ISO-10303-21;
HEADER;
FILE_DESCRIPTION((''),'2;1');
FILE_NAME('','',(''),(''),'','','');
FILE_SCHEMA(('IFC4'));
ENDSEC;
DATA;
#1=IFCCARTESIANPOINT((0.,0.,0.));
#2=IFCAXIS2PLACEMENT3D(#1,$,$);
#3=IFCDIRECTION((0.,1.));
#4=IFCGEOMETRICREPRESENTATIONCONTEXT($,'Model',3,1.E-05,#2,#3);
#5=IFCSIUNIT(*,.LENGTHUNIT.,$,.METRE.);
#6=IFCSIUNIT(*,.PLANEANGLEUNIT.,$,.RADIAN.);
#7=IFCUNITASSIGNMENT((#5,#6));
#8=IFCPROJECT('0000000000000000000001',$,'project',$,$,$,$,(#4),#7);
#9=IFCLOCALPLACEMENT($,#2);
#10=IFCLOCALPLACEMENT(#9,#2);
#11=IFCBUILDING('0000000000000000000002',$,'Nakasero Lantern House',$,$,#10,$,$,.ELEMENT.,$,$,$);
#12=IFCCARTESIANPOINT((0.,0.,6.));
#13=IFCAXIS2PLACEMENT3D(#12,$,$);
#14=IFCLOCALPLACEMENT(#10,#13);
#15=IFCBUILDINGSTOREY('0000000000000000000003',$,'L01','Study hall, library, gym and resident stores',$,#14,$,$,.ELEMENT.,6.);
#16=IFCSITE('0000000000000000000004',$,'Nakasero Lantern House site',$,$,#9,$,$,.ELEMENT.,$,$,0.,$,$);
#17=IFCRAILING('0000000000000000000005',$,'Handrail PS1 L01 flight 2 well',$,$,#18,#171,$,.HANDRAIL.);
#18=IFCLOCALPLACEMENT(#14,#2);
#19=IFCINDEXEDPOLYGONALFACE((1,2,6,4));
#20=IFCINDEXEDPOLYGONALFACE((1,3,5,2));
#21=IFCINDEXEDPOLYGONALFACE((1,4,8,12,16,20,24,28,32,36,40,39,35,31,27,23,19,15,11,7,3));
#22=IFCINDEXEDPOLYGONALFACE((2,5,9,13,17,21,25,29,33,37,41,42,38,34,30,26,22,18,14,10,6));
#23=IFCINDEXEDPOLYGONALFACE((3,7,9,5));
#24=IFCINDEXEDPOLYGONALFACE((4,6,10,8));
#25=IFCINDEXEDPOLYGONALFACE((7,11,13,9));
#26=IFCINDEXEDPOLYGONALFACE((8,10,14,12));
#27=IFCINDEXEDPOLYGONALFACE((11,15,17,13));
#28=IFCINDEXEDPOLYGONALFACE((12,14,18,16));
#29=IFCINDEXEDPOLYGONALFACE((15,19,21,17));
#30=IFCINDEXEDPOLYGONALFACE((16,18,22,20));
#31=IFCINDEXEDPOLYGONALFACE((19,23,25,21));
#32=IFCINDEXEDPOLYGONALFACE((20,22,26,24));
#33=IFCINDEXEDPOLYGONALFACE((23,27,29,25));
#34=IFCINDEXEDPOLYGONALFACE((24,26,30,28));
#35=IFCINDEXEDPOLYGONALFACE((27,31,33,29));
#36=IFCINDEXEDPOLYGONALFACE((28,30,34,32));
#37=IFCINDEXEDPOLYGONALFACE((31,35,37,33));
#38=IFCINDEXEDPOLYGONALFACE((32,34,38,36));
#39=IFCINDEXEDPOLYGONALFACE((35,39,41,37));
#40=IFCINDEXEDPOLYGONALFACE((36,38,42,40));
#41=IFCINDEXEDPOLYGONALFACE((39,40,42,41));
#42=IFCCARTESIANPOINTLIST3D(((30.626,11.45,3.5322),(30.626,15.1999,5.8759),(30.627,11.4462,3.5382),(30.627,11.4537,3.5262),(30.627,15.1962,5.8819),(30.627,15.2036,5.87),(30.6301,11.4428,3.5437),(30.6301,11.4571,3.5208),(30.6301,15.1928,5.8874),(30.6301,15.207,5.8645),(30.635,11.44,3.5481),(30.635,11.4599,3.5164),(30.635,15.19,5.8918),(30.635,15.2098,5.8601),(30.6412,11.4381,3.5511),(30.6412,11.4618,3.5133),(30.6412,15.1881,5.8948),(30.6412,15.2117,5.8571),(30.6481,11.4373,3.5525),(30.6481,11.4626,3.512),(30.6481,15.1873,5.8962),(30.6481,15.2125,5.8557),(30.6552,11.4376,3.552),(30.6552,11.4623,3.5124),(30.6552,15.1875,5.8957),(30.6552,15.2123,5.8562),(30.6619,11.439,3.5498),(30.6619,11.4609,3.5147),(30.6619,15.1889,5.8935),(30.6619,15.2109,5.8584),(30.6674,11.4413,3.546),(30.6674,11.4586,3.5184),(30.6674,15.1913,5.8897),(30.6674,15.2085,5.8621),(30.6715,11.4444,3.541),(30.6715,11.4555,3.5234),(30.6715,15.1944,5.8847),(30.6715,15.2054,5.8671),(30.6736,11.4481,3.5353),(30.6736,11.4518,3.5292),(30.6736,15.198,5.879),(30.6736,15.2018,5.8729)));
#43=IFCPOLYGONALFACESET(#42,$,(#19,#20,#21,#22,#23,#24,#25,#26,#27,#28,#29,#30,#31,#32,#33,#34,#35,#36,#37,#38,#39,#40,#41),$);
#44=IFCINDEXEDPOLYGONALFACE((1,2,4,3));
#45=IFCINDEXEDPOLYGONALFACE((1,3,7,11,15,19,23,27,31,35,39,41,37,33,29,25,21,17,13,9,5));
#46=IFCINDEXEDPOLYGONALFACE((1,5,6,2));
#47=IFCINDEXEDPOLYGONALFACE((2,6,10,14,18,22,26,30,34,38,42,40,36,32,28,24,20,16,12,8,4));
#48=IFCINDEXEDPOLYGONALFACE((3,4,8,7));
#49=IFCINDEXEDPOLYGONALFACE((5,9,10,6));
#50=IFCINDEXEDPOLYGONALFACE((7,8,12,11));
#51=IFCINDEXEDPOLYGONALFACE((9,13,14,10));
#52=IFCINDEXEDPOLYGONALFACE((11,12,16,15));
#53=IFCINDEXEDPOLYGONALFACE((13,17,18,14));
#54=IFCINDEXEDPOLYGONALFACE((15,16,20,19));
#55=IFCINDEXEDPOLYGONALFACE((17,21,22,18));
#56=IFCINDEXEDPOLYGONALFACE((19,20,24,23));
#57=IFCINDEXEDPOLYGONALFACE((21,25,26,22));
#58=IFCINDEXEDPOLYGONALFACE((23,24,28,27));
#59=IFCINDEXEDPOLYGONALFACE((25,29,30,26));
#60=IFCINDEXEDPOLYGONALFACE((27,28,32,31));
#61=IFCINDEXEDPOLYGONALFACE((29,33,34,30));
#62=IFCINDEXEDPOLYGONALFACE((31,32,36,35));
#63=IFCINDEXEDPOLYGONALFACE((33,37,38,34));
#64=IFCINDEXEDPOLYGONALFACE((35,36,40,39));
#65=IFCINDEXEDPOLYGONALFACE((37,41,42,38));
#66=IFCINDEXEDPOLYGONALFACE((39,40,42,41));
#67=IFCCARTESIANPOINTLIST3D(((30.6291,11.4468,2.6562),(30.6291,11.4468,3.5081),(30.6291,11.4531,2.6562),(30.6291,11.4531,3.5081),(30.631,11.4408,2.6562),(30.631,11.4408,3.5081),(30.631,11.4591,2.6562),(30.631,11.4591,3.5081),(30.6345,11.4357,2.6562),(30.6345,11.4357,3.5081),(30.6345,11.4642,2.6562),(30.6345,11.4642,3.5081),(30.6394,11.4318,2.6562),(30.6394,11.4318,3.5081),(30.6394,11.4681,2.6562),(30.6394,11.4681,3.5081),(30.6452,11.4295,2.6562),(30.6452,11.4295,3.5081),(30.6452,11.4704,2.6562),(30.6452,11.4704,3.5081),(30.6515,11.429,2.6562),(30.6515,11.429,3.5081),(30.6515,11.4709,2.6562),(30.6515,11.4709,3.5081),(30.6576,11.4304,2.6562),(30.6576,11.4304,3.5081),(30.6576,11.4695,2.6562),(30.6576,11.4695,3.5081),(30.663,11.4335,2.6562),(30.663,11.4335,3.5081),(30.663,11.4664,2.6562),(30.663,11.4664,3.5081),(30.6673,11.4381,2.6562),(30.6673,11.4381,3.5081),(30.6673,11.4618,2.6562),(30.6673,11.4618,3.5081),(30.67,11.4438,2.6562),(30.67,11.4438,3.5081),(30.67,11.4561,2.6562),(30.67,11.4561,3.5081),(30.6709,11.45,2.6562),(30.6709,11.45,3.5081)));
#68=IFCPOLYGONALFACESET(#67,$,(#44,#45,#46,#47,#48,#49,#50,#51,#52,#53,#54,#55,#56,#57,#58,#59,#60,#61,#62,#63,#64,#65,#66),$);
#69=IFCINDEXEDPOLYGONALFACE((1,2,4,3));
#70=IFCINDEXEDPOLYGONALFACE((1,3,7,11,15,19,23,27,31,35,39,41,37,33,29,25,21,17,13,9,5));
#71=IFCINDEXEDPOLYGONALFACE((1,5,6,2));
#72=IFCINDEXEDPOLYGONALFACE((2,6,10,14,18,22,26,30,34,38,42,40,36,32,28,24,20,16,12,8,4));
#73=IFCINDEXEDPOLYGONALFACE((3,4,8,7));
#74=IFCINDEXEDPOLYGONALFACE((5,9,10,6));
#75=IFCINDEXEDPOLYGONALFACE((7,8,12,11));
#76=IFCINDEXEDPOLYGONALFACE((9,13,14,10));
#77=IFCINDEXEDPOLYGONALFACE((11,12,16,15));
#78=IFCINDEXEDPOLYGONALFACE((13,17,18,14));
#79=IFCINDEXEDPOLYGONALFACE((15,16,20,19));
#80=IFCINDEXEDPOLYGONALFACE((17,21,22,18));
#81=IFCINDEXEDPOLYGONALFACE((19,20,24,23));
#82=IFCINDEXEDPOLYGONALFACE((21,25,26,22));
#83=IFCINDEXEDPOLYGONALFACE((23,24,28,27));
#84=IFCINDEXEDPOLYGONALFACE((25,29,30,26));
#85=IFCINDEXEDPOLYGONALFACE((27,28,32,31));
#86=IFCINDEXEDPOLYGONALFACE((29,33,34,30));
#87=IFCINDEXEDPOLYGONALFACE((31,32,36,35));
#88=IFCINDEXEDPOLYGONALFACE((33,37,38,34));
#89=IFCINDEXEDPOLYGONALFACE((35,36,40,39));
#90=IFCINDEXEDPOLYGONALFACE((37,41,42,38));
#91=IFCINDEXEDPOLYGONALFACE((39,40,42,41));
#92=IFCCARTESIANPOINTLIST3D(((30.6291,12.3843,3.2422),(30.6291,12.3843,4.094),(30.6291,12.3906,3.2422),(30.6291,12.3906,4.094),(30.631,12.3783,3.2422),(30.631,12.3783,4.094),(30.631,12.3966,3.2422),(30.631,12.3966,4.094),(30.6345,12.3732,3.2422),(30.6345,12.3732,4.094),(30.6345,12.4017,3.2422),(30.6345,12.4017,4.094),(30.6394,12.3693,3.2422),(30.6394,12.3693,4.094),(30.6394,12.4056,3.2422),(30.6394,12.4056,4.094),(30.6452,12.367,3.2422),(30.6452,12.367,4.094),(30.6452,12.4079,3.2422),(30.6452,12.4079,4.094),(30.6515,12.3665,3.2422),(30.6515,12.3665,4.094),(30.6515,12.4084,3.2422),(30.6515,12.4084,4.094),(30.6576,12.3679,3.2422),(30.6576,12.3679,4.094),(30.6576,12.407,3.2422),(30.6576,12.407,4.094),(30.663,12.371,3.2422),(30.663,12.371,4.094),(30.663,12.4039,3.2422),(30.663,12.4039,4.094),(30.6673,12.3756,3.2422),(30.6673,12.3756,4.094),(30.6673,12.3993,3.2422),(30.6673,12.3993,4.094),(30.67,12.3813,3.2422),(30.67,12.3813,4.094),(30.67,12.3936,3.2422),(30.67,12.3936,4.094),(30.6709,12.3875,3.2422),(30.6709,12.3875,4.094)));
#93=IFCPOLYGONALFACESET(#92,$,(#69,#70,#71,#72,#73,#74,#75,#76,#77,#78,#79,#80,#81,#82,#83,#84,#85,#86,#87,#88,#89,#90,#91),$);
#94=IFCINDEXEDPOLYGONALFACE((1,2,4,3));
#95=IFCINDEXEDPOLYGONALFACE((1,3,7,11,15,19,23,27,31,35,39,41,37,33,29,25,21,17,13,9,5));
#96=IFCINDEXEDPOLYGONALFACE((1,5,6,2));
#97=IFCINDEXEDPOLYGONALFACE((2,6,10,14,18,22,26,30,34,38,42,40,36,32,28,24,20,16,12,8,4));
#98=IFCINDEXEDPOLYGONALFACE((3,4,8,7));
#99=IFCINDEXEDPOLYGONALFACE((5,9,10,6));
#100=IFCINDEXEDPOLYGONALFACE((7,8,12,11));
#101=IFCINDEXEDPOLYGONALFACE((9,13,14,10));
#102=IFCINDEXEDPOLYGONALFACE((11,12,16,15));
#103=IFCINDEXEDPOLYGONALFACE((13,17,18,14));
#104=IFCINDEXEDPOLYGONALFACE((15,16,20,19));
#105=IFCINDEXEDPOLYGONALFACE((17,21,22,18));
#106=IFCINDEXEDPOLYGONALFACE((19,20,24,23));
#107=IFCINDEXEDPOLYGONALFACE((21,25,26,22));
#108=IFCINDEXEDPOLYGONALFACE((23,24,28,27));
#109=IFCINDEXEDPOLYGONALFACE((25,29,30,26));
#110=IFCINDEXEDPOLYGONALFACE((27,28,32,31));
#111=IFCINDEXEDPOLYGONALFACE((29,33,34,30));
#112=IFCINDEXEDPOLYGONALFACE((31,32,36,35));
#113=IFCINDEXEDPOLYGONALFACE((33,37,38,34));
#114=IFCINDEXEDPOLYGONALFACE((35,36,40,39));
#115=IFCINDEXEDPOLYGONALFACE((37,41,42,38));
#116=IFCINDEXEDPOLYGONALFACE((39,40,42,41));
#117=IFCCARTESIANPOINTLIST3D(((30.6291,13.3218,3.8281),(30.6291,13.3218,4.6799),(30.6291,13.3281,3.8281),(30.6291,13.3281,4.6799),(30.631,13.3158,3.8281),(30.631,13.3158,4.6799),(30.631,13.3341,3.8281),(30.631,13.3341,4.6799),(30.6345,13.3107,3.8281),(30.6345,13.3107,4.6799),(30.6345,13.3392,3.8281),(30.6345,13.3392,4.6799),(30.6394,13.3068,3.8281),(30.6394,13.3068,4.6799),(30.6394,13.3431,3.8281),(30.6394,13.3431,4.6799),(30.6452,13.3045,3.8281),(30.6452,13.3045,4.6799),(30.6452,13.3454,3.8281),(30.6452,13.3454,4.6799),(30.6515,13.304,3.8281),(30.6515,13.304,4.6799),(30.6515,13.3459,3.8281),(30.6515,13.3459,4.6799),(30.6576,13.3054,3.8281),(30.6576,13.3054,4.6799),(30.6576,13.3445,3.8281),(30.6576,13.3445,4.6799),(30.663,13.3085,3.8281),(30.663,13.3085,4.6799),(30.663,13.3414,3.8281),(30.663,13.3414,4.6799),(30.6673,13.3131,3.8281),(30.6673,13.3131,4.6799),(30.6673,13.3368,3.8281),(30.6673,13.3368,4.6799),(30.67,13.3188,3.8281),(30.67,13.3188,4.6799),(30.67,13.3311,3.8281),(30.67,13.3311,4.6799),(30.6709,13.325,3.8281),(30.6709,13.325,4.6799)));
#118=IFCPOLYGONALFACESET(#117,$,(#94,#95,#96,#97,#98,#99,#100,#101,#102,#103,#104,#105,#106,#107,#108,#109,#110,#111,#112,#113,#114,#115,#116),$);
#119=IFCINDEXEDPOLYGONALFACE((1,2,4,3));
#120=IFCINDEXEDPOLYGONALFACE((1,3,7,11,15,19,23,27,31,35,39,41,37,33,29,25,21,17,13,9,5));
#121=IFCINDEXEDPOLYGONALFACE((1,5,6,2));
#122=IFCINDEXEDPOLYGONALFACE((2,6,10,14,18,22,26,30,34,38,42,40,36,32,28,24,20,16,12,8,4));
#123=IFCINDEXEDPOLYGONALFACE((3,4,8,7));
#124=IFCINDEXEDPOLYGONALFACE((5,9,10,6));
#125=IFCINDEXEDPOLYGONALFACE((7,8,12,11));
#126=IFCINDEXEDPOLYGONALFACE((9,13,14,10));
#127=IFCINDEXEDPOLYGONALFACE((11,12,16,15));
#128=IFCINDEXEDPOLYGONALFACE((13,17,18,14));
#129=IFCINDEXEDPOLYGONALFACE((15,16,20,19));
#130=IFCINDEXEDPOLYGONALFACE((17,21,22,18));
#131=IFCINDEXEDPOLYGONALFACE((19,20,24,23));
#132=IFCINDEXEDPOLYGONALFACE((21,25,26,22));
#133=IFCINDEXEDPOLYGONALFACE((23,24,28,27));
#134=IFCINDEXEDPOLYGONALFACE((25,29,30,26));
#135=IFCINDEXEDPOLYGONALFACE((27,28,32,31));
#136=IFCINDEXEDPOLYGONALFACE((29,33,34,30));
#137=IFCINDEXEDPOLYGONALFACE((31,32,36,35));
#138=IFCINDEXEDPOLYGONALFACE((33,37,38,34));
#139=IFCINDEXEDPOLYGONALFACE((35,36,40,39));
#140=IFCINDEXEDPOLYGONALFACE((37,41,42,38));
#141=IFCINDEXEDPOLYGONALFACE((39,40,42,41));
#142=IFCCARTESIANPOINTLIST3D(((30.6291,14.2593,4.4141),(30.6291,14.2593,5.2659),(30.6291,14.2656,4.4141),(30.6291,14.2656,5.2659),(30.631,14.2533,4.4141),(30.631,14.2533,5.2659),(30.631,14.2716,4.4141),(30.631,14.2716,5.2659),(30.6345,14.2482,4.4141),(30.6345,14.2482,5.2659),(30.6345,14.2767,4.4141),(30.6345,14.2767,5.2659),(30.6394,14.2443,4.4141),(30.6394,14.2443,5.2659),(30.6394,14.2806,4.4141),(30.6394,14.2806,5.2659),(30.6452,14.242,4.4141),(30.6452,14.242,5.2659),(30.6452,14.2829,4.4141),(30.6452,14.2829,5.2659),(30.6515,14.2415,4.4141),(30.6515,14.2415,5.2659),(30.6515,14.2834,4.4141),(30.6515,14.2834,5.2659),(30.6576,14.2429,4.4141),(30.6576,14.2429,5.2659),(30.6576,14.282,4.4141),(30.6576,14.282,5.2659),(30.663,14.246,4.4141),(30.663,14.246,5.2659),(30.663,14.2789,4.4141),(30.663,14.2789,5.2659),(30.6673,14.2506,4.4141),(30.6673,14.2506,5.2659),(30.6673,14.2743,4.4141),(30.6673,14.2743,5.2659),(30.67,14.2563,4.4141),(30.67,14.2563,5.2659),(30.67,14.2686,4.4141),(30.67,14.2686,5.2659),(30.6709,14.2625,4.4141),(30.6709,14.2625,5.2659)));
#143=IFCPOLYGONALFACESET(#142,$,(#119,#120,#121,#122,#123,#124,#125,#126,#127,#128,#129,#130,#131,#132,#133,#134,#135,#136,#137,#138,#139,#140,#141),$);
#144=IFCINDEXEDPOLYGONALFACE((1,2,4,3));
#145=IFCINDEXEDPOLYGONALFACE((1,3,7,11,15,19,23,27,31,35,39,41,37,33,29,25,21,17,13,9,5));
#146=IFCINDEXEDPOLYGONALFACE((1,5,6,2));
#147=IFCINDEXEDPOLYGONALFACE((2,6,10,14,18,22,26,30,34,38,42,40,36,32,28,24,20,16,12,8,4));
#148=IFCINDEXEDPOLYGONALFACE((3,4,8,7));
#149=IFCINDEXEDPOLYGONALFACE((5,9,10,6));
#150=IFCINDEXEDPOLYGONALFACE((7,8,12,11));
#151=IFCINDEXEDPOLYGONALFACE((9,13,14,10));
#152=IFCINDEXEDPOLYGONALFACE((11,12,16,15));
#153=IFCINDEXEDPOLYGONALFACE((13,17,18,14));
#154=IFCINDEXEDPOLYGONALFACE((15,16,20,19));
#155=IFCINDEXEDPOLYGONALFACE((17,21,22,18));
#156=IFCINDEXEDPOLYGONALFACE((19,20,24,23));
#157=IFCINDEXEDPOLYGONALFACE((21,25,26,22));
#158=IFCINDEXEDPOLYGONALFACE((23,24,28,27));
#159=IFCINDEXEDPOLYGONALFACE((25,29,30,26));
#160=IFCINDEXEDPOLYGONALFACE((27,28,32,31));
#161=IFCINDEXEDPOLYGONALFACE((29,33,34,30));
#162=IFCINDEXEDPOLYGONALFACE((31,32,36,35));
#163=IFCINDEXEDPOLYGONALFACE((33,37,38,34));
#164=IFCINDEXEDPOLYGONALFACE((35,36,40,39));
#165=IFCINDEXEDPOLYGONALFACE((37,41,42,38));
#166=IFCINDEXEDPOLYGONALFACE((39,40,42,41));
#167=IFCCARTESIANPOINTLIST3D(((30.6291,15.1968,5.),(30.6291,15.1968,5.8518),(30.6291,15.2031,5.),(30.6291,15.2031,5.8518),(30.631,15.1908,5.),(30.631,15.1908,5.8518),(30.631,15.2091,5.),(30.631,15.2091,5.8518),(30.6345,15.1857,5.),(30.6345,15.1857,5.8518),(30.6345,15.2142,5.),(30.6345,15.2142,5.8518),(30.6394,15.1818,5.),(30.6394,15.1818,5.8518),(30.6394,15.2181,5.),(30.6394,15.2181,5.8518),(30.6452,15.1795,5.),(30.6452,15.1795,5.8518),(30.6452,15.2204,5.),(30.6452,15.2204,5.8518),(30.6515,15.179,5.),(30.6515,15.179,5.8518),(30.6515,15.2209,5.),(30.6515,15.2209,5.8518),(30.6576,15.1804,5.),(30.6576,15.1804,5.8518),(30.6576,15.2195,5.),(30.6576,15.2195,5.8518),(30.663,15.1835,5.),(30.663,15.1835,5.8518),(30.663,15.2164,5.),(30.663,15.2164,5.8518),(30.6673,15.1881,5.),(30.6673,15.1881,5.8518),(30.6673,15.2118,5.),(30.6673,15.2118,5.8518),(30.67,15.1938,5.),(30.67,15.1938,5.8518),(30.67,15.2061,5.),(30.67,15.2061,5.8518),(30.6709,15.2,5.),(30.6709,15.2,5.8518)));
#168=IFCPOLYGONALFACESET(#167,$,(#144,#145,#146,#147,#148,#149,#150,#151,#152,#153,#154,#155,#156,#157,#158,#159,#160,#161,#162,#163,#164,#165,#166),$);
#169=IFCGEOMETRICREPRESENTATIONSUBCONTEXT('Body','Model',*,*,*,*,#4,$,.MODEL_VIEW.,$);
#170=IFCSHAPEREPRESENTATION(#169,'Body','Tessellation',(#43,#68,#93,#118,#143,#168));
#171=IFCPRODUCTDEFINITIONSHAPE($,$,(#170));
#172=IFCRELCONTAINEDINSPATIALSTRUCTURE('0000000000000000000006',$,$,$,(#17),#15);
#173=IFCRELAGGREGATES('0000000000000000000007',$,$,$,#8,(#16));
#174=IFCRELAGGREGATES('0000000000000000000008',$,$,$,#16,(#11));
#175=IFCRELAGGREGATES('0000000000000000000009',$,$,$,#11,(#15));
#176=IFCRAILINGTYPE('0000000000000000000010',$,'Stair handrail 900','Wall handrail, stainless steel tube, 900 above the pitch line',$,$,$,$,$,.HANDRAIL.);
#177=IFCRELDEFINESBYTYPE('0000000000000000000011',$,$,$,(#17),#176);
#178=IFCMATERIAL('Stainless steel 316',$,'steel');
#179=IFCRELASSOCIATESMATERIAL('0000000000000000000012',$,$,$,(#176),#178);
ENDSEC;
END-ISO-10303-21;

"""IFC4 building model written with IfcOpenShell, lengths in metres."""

from ifc_helpers import new_model, si_unit, direction, frame, origin, origin_2d, place, context, subcontext, project, spatial, circle, extrude, material, type_object, element, save


model = new_model("IFC4")

# Units and contexts
model_context = context("Model", 3, precision=1e-05, world=origin(), true_north=direction((0.0, 1.0)))
body_context = subcontext(model_context, "Body", "Model", "MODEL_VIEW")
ifc_project = project(units=[si_unit("LENGTHUNIT", "METRE"), si_unit("PLANEANGLEUNIT", "RADIAN")], contexts=[model_context])

# Site, building, storey
site_placement = place(None, origin())
site = spatial("IfcSite", under=ifc_project, at=site_placement, Name="Nakasero Lantern House site", CompositionType="ELEMENT", RefElevation=0.0)
building_placement = place(site_placement, origin())
building = spatial("IfcBuilding", under=site, at=building_placement, Name="Nakasero Lantern House", CompositionType="ELEMENT")
storey_placement = place(building_placement, frame((0.0, 0.0, 6.0)))
storey = spatial("IfcBuildingStorey", under=building, at=storey_placement, Name="L01", Description="Study hall, library, gym and resident stores", CompositionType="ELEMENT", Elevation=6.0)

# Railing
ifc_material_1 = material(Name="Stainless steel 316", Category="steel")
railing_type = type_object("IfcRailingType", Name="Stair handrail 900", Description="Wall handrail, stainless steel tube, 900 above the pitch line", PredefinedType="HANDRAIL", material=ifc_material_1)
for number, where, name in (
    (1, (30.6499, 11.45, 2.6562), "Handrail PS1 L01 flight 2 well"),
):
    element("IfcRailing", number, at=place(storey_placement, frame(where)), inside=storey, type_object=railing_type, Name=name, PredefinedType="HANDRAIL", context=body_context, shape_type="SweptSolid", body=[
        extrude(circle(Radius=0.0239, at=origin_2d()), frame((0.0, 0.0, 0.876), z_axis=(0.0, 0.847998, 0.529999), x_axis=(-1.0, 0.0, 0.0)), (0.0, 0.0, 1.0), 4.4221),
        extrude(circle(Radius=0.021, at=origin_2d()), origin(), (0.0, 0.0, 1.0), 0.8518),
        extrude(circle(Radius=0.021, at=origin_2d()), frame((0.0, 0.9375, 0.5859)), (0.0, 0.0, 1.0), 0.8518),
        extrude(circle(Radius=0.021, at=origin_2d()), frame((0.0, 1.875, 1.1719)), (0.0, 0.0, 1.0), 0.8518),
        extrude(circle(Radius=0.021, at=origin_2d()), frame((0.0, 2.8125, 1.7578)), (0.0, 0.0, 1.0), 0.8518),
        extrude(circle(Radius=0.021, at=origin_2d()), frame((0.0, 3.75, 2.3438)), (0.0, 0.0, 1.0), 0.8518),
    ])

save(model, "model.ifc")
